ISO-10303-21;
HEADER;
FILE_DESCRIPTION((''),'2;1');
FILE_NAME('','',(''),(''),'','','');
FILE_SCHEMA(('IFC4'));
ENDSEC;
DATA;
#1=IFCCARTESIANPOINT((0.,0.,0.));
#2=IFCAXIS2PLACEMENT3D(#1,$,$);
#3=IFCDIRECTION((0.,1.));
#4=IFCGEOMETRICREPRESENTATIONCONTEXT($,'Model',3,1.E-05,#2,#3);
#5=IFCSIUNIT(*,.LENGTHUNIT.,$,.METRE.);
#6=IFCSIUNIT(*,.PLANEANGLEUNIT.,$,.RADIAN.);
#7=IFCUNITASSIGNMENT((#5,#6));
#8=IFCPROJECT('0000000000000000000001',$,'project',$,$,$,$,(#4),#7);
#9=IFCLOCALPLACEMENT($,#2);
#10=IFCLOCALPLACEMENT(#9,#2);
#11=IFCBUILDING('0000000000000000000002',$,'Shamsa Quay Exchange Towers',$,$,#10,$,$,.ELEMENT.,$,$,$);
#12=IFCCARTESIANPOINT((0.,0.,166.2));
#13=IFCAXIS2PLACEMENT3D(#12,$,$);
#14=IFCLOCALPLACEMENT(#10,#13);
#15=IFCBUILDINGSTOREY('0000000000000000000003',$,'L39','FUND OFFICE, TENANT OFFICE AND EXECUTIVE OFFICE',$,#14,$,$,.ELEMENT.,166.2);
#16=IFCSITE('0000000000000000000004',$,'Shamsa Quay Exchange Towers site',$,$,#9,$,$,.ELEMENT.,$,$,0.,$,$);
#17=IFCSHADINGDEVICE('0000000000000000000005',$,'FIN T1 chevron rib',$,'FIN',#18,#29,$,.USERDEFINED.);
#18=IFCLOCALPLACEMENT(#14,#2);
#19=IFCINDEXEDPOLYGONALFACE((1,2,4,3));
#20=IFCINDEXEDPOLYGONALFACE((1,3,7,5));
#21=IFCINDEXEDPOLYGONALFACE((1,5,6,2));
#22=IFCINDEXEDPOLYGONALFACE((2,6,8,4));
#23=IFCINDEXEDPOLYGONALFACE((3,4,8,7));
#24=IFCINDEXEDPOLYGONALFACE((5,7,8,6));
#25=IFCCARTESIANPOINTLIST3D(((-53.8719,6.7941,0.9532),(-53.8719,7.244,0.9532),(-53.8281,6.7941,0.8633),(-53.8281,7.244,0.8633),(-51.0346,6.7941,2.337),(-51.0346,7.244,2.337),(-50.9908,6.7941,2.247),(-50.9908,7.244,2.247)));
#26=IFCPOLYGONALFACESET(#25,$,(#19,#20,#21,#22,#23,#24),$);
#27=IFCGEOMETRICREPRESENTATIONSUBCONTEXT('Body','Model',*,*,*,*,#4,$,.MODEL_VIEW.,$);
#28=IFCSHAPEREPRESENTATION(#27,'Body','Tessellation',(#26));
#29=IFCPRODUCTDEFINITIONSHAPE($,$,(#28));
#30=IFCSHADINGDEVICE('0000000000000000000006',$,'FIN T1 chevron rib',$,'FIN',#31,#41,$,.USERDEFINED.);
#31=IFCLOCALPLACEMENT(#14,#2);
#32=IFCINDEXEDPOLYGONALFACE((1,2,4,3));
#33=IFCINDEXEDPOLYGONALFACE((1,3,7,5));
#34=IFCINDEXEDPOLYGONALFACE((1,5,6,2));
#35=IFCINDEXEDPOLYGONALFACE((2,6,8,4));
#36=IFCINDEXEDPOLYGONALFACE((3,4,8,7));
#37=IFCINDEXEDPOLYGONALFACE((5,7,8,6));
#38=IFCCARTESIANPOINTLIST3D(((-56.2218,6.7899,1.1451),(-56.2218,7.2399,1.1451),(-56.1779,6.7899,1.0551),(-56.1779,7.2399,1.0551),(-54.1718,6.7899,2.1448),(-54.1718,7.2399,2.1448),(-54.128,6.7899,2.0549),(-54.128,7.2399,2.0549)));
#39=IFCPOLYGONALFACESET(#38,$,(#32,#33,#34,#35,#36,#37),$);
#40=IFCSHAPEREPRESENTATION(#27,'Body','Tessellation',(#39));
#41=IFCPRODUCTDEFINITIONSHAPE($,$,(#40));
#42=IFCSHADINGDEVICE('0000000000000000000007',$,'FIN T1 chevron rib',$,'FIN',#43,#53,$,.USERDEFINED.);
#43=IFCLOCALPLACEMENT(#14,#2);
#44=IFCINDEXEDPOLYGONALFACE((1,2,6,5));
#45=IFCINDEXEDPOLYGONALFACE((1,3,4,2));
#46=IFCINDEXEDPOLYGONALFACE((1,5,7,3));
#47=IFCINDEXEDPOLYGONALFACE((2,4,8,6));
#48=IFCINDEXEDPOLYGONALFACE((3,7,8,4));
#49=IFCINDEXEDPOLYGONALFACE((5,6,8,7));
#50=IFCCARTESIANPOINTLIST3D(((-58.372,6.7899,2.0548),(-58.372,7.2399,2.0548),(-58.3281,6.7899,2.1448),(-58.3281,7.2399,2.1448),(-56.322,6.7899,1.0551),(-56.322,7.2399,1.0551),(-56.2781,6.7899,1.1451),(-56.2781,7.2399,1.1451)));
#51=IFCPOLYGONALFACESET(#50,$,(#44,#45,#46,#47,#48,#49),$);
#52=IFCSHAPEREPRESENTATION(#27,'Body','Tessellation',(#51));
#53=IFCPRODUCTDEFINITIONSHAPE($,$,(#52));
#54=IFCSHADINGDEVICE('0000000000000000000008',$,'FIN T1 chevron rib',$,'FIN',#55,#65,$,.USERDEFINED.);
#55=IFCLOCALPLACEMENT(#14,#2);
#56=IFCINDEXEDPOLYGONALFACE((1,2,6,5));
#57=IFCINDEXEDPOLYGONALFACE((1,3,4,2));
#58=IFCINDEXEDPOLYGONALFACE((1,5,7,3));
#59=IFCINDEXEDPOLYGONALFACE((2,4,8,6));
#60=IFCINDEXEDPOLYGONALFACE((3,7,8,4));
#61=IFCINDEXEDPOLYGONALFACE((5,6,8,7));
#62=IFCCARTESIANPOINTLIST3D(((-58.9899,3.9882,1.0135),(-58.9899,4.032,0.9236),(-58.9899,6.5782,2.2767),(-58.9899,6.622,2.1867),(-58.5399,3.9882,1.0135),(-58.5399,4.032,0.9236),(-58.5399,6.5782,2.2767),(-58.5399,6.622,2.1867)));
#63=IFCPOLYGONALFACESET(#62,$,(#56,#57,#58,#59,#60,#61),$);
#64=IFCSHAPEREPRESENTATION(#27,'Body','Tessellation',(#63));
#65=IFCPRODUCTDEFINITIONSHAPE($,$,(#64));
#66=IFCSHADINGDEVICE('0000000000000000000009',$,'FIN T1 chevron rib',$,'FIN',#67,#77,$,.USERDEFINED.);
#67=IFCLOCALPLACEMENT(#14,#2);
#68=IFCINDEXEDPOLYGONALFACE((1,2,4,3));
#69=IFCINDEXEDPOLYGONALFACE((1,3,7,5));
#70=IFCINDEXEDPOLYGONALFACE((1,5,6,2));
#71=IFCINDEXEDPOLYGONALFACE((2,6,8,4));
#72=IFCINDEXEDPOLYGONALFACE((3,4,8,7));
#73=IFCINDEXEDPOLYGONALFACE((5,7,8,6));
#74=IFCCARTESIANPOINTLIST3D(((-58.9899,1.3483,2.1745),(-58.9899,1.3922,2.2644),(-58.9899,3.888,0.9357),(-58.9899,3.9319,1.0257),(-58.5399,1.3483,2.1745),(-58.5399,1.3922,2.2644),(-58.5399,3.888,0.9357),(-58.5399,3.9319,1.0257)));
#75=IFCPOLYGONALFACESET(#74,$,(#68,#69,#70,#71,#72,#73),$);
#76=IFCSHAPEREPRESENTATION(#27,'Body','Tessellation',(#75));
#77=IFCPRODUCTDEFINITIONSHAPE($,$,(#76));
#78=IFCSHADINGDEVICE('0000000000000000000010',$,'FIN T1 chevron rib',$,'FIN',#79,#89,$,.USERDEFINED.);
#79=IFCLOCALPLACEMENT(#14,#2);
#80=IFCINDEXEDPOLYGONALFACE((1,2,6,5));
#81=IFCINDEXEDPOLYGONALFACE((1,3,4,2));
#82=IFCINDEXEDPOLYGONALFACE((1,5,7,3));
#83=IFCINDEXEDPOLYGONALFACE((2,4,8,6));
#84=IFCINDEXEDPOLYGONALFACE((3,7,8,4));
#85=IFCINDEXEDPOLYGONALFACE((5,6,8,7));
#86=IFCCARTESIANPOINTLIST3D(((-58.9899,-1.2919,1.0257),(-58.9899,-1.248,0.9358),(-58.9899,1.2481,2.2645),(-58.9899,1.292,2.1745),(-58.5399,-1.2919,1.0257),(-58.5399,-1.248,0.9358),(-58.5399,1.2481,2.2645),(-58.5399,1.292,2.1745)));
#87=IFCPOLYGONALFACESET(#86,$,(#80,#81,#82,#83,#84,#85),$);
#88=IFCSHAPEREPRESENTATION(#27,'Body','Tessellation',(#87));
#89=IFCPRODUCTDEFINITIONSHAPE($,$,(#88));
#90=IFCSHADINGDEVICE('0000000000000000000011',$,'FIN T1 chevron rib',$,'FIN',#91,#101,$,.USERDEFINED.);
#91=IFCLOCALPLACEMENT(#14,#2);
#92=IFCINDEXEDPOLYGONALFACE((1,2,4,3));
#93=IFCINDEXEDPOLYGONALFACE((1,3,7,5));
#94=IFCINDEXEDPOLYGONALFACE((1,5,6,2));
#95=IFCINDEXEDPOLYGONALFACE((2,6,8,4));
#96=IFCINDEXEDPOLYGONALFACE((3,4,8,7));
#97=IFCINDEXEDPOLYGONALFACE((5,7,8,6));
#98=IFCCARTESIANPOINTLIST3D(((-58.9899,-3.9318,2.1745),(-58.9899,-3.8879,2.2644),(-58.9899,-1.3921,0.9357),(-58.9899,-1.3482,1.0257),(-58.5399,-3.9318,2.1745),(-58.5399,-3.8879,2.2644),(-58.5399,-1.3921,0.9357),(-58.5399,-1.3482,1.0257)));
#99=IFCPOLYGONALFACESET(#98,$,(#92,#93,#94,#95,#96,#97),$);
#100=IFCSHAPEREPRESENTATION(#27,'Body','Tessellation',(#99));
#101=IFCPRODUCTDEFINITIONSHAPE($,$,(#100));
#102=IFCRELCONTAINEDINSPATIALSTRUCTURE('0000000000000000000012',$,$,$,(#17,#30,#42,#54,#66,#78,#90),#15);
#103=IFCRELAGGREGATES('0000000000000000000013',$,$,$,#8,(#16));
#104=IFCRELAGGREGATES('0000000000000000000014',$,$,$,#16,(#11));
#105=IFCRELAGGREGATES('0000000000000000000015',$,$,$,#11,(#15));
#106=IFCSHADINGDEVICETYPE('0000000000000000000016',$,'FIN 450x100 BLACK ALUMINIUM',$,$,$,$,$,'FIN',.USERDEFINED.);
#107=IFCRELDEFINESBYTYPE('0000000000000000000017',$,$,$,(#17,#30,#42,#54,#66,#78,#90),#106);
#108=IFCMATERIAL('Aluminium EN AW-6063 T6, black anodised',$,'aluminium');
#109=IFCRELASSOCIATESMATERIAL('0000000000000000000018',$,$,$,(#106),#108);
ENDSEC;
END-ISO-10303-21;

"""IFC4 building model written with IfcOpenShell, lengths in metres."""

from ifc_helpers import new_model, si_unit, direction, frame, origin, origin_2d, place, context, subcontext, project, spatial, rectangle, extrude, material, material_profile, profile_set, type_object, element, save


model = new_model("IFC4")

# Units and contexts
model_context = context("Model", 3, precision=1e-05, world=origin(), true_north=direction((0.0, 1.0)))
body_context = subcontext(model_context, "Body", "Model", "MODEL_VIEW")
ifc_project = project(units=[si_unit("LENGTHUNIT", "METRE"), si_unit("PLANEANGLEUNIT", "RADIAN")], contexts=[model_context])

# Site, building, storey
site_placement = place(None, origin())
site = spatial("IfcSite", under=ifc_project, at=site_placement, Name="Shamsa Quay Exchange Towers site", CompositionType="ELEMENT", RefElevation=0.0)
building_placement = place(site_placement, origin())
building = spatial("IfcBuilding", under=site, at=building_placement, Name="Shamsa Quay Exchange Towers", CompositionType="ELEMENT")
storey_placement = place(building_placement, frame((0.0, 0.0, 166.2)))
storey = spatial("IfcBuildingStorey", under=building, at=storey_placement, Name="L39", Description="FUND OFFICE, TENANT OFFICE AND EXECUTIVE OFFICE", CompositionType="ELEMENT", Elevation=166.2)

# Shared definitions
ifc_material_1 = material(Name="Aluminium EN AW-6063 T6, black anodised", Category="aluminium")

# Shading devices
ifc_material_profile_1 = material_profile(ifc_material_1, rectangle(XDim=0.45, YDim=0.1001, at=origin_2d()), Name="FIN450x100")
ifc_profile_set_1 = profile_set([ifc_material_profile_1], Name="Aluminium EN AW-6063 T6, black anodised")
shading_device_type = type_object("IfcShadingDeviceType", Name="FIN 450x100 BLACK ALUMINIUM", ElementType="FIN", PredefinedType="USERDEFINED", material=ifc_profile_set_1)
shading_device_1_placement = place(storey_placement, frame((-51.0127, 7.019, 2.292), z_axis=(-0.898807, 0.0, -0.438344), x_axis=(0.0, -1.0, 0.0)))
element("IfcShadingDevice", 1, at=shading_device_1_placement, inside=storey, type_object=shading_device_type, Name="FIN T1 chevron rib", ObjectType="FIN", PredefinedType="USERDEFINED", context=body_context, shape_type="SweptSolid", body=[
    extrude(rectangle(XDim=0.45, YDim=0.1001, at=origin_2d()), origin(), (0.0, 0.0, 1.0), 3.1567),
])
for number, where, z_axis, x_axis, name in (
    (2, (-54.1499, 7.0149, 2.0999), (-0.898815, 0.0, -0.438329), (0.0, -1.0, 0.0), "FIN T1 chevron rib"),
    (3, (-56.3, 7.0149, 1.1001), (-0.898815, 0.0, 0.438329), (0.0, -1.0, 0.0), "FIN T1 chevron rib"),
):
    element("IfcShadingDevice", number, at=place(storey_placement, frame(where, z_axis=z_axis, x_axis=x_axis)), inside=storey, type_object=shading_device_type, Name=name, ObjectType="FIN", PredefinedType="USERDEFINED", context=body_context, shape_type="SweptSolid", body=[
        extrude(rectangle(XDim=0.45, YDim=0.1001, at=origin_2d()), origin(), (0.0, 0.0, 1.0), 2.2808),
    ])
shading_device_2_placement = place(storey_placement, frame((-58.7649, 6.6001, 2.2317), z_axis=(0.0, -0.898806, -0.438347), x_axis=(1.0, 0.0, 0.0)))
element("IfcShadingDevice", 4, at=shading_device_2_placement, inside=storey, type_object=shading_device_type, Name="FIN T1 chevron rib", ObjectType="FIN", PredefinedType="USERDEFINED", context=body_context, shape_type="SweptSolid", body=[
    extrude(rectangle(XDim=0.45, YDim=0.1001, at=origin_2d()), origin(), (0.0, 0.0, 1.0), 2.8816),
])
shading_device_3_placement = place(storey_placement, frame((-58.7649, 3.9099, 0.9807), z_axis=(0.0, -0.89879, 0.438379), x_axis=(1.0, 0.0, 0.0)))
element("IfcShadingDevice", 5, at=shading_device_3_placement, inside=storey, type_object=shading_device_type, Name="FIN T1 chevron rib", ObjectType="FIN", PredefinedType="USERDEFINED", context=body_context, shape_type="SweptSolid", body=[
    extrude(rectangle(XDim=0.45, YDim=0.1001, at=origin_2d()), origin(), (0.0, 0.0, 1.0), 2.8257),
])
shading_device_4_placement = place(storey_placement, frame((-58.7649, 1.27, 2.2195), z_axis=(0.0, -0.898807, -0.438345), x_axis=(1.0, 0.0, 0.0)))
element("IfcShadingDevice", 6, at=shading_device_4_placement, inside=storey, type_object=shading_device_type, Name="FIN T1 chevron rib", ObjectType="FIN", PredefinedType="USERDEFINED", context=body_context, shape_type="SweptSolid", body=[
    extrude(rectangle(XDim=0.45, YDim=0.1001, at=origin_2d()), origin(), (0.0, 0.0, 1.0), 2.8259),
])
shading_device_5_placement = place(storey_placement, frame((-58.7649, -1.3701, 0.9807), z_axis=(0.0, -0.89879, 0.438379), x_axis=(1.0, 0.0, 0.0)))
element("IfcShadingDevice", 7, at=shading_device_5_placement, inside=storey, type_object=shading_device_type, Name="FIN T1 chevron rib", ObjectType="FIN", PredefinedType="USERDEFINED", context=body_context, shape_type="SweptSolid", body=[
    extrude(rectangle(XDim=0.45, YDim=0.1001, at=origin_2d()), origin(), (0.0, 0.0, 1.0), 2.8257),
])

save(model, "model.ifc")
